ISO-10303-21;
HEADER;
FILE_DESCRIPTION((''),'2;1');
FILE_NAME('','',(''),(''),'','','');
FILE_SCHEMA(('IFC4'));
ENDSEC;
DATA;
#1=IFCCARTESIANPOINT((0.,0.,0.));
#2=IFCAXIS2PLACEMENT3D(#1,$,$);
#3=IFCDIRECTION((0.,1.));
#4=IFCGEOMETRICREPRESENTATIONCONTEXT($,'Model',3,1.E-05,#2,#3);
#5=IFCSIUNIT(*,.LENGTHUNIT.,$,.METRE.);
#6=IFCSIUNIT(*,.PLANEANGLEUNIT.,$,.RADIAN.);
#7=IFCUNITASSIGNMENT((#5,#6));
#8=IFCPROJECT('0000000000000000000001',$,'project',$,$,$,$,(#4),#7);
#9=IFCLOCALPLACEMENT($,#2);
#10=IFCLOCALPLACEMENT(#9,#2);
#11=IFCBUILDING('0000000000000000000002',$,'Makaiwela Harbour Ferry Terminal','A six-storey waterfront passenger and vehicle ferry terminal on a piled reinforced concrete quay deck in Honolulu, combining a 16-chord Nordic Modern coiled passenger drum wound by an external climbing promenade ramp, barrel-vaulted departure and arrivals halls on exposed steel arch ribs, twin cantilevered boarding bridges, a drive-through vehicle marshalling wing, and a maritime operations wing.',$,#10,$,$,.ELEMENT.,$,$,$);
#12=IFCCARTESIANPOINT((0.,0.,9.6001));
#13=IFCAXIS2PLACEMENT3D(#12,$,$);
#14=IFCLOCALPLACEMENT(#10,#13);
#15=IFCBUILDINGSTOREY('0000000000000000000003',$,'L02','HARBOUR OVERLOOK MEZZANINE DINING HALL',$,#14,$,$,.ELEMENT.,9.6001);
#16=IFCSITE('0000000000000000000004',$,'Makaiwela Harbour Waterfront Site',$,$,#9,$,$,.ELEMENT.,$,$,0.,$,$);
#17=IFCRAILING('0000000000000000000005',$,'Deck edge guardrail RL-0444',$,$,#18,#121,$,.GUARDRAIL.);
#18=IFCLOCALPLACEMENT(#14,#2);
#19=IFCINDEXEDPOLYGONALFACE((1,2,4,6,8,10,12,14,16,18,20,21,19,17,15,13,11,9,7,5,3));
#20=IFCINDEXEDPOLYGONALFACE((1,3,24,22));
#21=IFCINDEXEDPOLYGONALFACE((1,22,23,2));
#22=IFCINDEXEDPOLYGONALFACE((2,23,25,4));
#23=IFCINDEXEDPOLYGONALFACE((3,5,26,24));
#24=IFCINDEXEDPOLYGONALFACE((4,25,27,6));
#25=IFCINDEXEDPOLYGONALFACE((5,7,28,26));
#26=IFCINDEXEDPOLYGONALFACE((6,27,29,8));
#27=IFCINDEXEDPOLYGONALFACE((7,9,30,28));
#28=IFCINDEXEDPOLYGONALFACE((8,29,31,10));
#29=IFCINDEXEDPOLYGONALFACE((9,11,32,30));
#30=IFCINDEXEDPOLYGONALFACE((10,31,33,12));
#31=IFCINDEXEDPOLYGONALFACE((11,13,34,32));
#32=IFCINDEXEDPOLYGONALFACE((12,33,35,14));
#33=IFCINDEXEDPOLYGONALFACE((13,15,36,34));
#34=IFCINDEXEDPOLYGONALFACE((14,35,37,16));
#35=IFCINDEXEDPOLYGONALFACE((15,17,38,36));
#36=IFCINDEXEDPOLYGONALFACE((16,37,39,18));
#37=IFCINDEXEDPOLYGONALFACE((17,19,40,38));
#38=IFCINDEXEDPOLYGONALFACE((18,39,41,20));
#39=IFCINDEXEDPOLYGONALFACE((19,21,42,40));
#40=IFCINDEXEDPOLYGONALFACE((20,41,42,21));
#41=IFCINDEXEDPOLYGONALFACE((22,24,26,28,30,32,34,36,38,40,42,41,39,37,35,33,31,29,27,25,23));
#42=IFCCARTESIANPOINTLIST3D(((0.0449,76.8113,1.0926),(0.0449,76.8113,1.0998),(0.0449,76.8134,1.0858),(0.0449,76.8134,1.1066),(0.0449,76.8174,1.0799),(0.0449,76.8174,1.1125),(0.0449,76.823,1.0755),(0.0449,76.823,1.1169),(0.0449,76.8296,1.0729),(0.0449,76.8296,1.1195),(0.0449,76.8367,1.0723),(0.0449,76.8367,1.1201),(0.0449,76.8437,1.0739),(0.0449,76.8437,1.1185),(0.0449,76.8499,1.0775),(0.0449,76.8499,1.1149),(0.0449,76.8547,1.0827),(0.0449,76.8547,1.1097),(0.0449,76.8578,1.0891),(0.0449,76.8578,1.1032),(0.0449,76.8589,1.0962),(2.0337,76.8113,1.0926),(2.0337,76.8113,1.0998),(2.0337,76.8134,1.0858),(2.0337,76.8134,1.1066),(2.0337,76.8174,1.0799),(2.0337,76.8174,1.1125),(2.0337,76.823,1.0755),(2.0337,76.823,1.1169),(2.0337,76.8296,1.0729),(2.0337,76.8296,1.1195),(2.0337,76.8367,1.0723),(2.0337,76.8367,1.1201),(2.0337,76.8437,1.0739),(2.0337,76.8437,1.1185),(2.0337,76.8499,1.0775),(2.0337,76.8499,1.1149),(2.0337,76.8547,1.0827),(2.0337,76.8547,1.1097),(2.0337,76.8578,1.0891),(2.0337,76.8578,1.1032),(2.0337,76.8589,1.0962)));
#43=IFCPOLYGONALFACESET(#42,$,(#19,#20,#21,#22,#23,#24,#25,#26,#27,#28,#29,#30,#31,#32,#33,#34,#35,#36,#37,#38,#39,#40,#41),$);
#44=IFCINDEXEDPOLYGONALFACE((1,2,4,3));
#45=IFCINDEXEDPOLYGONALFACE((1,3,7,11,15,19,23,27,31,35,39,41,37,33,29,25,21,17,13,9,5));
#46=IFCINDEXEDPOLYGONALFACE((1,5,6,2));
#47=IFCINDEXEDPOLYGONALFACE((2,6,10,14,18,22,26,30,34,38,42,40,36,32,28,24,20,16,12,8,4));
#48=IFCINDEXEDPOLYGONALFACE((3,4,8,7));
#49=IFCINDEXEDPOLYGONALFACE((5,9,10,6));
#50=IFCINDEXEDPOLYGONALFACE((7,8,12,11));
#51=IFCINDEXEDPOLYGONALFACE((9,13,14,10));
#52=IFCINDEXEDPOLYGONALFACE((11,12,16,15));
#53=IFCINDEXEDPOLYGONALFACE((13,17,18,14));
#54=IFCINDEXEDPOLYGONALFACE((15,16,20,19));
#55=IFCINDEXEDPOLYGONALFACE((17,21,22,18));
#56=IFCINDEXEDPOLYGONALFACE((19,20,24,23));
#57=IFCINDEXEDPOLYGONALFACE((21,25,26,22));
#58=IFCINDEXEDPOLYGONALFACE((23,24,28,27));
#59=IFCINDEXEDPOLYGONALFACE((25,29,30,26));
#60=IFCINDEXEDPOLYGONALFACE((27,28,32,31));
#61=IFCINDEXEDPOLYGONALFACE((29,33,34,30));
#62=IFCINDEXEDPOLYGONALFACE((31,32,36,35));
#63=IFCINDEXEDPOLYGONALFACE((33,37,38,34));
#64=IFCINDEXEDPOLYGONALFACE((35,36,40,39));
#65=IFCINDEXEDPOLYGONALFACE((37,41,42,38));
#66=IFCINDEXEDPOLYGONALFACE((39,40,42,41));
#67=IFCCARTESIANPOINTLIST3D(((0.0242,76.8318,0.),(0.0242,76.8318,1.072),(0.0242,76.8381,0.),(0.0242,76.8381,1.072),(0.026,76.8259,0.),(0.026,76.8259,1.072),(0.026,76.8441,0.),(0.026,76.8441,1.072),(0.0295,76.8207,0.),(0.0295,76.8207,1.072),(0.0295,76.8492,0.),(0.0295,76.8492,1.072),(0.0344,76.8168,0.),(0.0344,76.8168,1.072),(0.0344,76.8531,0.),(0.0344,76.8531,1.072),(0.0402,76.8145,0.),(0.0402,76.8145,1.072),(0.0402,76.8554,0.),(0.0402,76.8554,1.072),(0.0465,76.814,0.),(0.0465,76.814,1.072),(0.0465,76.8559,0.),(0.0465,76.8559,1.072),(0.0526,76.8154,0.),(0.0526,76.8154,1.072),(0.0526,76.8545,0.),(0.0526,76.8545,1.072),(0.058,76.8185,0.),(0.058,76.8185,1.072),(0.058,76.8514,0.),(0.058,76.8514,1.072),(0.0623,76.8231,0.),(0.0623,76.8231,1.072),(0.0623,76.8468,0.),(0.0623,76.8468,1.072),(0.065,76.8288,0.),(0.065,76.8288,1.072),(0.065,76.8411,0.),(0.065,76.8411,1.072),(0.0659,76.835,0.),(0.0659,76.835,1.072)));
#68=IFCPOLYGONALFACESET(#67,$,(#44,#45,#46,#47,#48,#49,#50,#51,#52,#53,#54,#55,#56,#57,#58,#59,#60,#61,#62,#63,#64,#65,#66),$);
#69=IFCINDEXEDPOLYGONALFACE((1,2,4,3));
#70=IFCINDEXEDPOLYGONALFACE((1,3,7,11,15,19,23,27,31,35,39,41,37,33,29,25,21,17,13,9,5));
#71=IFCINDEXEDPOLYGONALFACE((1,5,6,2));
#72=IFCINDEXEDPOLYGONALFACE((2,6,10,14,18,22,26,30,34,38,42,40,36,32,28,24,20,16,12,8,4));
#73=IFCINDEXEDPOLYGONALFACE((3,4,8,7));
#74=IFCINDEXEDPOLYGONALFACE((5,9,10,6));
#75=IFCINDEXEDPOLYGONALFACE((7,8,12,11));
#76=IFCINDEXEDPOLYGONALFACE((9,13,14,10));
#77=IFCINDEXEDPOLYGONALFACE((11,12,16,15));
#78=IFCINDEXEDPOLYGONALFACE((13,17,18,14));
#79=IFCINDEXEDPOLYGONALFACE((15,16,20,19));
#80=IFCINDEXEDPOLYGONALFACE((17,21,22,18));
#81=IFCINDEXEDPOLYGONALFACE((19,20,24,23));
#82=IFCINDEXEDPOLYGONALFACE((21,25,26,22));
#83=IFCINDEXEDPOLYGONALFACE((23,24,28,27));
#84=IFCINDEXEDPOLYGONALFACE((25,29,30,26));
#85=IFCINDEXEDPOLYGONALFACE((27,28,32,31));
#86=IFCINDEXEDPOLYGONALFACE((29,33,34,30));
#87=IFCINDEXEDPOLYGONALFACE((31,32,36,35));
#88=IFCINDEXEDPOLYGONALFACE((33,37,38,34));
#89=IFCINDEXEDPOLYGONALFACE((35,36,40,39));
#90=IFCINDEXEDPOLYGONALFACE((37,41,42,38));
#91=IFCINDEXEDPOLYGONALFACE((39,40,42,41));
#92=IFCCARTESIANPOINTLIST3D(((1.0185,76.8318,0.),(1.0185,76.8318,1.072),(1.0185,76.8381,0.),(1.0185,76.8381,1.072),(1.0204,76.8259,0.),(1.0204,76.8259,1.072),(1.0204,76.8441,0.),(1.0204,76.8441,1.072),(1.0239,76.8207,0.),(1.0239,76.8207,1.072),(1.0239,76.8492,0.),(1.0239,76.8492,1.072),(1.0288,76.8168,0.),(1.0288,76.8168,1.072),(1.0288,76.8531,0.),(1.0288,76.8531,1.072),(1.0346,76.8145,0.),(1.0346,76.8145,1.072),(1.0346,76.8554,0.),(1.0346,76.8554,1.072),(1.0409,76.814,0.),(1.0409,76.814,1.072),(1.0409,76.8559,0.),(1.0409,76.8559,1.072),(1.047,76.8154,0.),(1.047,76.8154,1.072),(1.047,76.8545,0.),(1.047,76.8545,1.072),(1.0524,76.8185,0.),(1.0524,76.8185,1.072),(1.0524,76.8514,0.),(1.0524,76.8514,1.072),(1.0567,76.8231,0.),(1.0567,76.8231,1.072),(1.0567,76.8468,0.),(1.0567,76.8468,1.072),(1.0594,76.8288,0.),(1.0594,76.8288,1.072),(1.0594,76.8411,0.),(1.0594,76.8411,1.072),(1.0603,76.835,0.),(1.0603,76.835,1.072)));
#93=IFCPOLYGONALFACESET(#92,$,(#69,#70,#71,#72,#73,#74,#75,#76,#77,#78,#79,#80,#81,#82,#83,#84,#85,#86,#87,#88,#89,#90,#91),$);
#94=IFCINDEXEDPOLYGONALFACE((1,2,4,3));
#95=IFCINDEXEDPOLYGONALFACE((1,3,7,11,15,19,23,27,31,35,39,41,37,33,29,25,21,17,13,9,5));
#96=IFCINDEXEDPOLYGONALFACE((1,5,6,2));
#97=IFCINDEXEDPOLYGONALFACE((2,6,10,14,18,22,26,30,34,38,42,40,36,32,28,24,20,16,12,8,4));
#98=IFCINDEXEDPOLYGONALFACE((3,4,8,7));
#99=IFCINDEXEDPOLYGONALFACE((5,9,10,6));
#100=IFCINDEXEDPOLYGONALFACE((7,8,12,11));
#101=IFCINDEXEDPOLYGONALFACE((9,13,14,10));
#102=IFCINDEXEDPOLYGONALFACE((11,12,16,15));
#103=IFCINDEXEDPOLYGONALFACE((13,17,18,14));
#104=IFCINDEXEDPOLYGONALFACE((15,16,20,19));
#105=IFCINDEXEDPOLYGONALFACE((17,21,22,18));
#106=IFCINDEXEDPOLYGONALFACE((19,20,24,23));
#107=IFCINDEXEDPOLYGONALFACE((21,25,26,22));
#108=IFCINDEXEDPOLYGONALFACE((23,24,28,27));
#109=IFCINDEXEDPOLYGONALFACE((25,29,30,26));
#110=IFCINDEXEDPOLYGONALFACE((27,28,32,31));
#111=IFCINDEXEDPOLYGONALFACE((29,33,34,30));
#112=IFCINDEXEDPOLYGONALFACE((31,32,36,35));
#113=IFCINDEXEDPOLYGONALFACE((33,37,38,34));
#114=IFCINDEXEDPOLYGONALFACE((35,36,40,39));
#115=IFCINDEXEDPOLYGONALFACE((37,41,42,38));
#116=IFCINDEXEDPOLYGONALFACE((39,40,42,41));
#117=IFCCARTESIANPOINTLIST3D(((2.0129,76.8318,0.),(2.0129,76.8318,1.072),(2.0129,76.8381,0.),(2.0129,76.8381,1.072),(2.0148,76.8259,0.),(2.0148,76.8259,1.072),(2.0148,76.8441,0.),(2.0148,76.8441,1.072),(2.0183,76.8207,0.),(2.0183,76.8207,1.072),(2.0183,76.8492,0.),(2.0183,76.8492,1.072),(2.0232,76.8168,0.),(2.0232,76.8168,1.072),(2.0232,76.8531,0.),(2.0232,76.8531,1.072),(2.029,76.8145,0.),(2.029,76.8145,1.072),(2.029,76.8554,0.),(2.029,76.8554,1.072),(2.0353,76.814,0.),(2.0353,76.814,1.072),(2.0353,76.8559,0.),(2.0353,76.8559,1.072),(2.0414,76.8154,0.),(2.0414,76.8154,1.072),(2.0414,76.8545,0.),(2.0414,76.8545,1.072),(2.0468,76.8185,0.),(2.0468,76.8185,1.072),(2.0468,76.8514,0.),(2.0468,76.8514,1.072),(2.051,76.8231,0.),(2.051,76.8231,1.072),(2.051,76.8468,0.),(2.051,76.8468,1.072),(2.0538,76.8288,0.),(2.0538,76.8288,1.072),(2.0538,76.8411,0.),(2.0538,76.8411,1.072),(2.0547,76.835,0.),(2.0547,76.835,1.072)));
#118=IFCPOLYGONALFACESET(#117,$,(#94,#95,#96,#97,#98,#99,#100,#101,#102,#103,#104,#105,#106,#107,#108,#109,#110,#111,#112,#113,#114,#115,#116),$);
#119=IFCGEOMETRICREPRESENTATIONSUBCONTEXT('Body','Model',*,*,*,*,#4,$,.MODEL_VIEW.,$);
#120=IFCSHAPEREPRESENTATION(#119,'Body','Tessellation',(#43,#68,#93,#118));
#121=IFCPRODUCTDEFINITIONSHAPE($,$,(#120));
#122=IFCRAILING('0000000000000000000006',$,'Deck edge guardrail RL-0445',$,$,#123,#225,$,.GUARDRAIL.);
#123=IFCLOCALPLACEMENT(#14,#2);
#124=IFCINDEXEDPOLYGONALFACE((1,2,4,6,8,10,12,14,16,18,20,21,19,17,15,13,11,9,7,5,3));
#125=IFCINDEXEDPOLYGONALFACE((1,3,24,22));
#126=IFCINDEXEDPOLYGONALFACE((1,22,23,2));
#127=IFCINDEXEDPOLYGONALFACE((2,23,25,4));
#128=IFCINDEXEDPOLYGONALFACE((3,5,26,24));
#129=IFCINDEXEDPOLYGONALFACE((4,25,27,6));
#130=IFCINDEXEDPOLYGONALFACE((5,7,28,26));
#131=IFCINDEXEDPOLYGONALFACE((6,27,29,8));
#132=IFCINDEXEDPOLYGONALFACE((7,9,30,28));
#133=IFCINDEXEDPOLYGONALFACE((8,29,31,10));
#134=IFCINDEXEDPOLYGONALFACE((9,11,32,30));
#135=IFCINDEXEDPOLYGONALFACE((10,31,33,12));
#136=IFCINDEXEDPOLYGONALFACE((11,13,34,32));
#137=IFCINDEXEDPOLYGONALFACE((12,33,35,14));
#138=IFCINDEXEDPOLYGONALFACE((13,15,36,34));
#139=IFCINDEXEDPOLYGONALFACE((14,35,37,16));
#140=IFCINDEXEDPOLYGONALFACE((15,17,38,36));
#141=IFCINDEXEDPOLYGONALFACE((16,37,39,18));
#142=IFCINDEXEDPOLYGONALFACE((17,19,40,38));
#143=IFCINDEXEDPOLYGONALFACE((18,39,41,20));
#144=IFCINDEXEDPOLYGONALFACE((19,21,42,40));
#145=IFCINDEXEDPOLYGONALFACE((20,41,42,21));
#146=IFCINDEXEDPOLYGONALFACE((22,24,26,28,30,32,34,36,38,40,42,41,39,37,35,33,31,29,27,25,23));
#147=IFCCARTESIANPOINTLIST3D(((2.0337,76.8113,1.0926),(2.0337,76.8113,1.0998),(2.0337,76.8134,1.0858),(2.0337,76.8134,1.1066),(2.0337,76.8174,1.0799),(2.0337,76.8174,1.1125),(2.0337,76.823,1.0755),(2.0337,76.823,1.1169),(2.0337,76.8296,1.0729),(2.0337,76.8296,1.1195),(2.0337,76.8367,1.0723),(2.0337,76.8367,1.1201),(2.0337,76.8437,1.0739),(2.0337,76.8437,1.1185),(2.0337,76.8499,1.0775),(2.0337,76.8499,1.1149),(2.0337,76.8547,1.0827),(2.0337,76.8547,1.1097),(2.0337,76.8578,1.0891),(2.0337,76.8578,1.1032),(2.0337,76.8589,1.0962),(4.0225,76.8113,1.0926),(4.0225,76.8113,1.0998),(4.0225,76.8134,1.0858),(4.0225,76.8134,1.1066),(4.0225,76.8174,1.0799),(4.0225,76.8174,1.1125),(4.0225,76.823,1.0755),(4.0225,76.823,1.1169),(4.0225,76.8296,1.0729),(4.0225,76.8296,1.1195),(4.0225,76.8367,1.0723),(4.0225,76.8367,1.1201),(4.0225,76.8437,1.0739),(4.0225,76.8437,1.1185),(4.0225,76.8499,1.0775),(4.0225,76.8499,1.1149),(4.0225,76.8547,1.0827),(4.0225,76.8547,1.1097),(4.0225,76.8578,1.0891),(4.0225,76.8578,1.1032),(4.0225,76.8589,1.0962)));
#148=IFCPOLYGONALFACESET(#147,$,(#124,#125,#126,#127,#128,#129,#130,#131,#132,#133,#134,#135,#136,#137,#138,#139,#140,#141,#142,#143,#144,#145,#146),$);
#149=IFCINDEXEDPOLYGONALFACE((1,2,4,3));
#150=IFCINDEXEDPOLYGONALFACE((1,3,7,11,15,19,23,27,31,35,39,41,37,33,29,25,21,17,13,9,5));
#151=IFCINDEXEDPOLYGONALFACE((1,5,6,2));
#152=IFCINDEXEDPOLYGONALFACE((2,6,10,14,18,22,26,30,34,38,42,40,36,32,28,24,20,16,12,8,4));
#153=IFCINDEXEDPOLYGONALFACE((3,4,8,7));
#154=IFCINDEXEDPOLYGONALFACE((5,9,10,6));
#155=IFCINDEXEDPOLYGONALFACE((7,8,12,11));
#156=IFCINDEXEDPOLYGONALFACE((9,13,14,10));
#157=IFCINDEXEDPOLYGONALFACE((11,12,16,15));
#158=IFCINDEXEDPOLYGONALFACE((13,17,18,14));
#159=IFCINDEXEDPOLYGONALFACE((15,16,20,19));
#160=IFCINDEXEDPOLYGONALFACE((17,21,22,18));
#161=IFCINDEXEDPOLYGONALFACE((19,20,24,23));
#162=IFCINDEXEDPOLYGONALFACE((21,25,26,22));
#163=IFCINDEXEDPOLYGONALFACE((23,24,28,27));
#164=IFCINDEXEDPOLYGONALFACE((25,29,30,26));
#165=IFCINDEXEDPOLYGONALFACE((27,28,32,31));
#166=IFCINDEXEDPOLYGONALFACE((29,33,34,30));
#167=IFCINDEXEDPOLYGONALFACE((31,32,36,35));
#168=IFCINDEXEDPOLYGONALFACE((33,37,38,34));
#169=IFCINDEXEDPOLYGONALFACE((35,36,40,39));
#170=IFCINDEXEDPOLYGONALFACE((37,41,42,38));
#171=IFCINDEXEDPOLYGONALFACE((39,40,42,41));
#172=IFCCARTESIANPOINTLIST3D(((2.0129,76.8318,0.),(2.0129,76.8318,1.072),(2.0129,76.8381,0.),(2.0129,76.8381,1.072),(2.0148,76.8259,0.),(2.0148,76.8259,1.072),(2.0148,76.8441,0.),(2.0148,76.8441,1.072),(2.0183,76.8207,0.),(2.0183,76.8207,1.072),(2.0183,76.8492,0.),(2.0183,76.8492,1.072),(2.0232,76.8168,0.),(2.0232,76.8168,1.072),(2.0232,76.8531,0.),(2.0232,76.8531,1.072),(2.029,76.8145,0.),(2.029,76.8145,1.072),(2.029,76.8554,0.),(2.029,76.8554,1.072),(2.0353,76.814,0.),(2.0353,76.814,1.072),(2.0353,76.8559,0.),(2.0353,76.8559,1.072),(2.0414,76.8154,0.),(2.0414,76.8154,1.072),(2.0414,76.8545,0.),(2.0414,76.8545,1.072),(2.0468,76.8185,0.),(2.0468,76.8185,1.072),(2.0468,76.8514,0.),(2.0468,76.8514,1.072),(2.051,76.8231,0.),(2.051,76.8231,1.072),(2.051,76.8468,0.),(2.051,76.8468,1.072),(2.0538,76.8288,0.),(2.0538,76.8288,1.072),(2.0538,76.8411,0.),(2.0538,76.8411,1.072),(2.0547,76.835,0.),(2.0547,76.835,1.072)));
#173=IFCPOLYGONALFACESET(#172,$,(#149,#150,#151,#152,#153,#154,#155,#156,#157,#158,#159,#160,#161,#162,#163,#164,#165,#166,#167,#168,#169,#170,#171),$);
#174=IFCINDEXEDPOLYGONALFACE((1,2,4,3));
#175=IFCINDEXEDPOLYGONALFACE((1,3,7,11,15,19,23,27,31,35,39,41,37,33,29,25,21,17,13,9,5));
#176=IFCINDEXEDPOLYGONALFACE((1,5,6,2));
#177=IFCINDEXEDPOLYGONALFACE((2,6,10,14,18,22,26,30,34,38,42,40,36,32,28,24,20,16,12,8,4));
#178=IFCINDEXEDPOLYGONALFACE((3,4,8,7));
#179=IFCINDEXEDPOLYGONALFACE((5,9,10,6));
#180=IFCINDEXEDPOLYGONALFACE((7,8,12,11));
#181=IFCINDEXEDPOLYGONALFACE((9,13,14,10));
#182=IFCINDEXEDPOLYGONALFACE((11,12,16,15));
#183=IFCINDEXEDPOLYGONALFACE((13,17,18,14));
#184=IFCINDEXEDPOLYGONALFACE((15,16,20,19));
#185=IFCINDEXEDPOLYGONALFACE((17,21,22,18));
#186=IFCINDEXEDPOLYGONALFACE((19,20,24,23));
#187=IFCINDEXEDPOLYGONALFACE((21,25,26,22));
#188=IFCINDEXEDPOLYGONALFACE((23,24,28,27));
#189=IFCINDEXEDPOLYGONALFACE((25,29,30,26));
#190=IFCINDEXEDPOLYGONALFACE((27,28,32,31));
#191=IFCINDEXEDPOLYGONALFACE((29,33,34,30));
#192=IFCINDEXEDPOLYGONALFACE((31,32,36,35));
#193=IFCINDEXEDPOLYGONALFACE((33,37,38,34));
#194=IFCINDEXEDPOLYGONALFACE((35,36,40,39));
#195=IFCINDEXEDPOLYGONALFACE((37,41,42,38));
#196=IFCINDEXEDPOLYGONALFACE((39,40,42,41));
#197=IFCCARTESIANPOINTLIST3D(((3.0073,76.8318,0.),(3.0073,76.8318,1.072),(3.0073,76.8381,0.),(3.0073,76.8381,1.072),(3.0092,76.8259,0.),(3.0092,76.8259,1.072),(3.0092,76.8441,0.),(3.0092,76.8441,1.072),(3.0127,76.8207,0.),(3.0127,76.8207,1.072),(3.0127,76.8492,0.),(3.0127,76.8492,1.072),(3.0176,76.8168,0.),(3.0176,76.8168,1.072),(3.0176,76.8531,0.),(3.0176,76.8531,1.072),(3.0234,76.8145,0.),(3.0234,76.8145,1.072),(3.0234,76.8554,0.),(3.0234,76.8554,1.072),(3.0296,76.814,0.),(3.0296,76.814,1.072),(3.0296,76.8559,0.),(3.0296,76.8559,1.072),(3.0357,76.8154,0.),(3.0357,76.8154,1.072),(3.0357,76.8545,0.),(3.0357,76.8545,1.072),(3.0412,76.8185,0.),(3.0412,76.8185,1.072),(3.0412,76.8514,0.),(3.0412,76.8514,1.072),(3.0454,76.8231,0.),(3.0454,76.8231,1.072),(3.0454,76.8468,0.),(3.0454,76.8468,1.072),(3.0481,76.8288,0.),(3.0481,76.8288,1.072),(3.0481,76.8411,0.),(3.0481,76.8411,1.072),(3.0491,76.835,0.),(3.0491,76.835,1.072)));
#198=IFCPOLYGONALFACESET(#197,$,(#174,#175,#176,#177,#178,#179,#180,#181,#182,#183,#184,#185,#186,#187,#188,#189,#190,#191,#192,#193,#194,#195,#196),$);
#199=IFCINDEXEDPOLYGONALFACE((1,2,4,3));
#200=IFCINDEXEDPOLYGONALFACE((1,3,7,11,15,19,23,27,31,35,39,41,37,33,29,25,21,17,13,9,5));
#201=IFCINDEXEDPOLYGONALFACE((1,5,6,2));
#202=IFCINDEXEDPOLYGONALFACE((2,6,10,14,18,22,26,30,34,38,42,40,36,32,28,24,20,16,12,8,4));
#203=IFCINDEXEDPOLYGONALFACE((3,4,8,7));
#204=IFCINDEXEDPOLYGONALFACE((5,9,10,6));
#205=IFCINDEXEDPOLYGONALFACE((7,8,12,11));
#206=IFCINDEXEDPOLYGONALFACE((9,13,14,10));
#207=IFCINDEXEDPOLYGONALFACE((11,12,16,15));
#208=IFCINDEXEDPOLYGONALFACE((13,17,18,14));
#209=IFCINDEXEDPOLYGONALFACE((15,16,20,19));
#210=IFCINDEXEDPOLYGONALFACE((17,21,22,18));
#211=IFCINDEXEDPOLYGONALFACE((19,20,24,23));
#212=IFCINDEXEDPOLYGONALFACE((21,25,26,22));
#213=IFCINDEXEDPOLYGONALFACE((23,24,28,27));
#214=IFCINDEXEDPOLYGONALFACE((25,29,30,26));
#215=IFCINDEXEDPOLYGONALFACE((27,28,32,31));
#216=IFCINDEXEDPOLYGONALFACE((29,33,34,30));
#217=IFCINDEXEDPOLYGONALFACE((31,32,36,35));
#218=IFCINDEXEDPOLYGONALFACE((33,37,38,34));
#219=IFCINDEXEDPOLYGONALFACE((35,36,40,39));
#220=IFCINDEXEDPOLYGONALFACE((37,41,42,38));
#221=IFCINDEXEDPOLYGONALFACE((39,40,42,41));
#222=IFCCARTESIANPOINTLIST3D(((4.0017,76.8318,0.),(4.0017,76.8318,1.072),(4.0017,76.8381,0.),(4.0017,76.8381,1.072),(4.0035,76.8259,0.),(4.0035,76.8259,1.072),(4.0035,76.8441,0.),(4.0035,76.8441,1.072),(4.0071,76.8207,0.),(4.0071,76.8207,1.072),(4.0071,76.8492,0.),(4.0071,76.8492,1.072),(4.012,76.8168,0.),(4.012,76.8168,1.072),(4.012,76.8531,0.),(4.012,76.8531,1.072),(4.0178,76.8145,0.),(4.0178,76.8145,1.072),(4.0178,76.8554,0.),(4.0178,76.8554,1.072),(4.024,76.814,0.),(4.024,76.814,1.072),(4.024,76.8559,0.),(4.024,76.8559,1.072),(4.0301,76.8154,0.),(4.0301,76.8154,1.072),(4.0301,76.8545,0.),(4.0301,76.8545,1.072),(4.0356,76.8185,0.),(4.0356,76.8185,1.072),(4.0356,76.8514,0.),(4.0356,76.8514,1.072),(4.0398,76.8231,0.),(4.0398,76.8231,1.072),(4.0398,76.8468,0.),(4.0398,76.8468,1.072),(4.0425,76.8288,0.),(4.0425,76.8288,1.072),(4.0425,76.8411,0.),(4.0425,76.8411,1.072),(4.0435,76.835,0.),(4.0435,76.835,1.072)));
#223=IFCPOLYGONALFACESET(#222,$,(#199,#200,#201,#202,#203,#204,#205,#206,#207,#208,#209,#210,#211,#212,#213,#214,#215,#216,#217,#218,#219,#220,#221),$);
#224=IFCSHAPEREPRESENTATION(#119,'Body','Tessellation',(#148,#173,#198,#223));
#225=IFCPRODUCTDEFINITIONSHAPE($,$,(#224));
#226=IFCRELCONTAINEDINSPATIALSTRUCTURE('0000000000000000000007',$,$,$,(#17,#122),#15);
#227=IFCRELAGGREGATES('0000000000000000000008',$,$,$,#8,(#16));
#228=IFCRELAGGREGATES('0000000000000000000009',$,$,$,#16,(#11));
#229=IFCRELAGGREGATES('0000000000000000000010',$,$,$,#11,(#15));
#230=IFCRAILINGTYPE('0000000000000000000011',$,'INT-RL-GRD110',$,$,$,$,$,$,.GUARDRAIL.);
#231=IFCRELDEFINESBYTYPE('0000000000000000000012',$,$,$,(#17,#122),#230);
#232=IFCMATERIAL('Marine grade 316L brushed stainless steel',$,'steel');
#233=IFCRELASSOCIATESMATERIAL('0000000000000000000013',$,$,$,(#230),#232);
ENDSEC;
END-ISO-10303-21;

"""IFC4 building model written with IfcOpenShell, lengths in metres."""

from ifc_helpers import new_model, si_unit, direction, frame, origin, origin_2d, place, context, subcontext, project, spatial, circle, extrude, material, type_object, element, save


model = new_model("IFC4")

# Units and contexts
model_context = context("Model", 3, precision=1e-05, world=origin(), true_north=direction((0.0, 1.0)))
body_context = subcontext(model_context, "Body", "Model", "MODEL_VIEW")
ifc_project = project(units=[si_unit("LENGTHUNIT", "METRE"), si_unit("PLANEANGLEUNIT", "RADIAN")], contexts=[model_context])

# Site, building, storey
site_placement = place(None, origin())
site = spatial("IfcSite", under=ifc_project, at=site_placement, Name="Makaiwela Harbour Waterfront Site", CompositionType="ELEMENT", RefElevation=0.0)
building_placement = place(site_placement, origin())
building = spatial("IfcBuilding", under=site, at=building_placement, Name="Makaiwela Harbour Ferry Terminal", Description="A six-storey waterfront passenger and vehicle ferry terminal on a piled reinforced concrete quay deck in Honolulu, combining a 16-chord Nordic Modern coiled passenger drum wound by an external climbing promenade ramp, barrel-vaulted departure and arrivals halls on exposed steel arch ribs, twin cantilevered boarding bridges, a drive-through vehicle marshalling wing, and a maritime operations wing.", CompositionType="ELEMENT")
storey_placement = place(building_placement, frame((0.0, 0.0, 9.6001)))
storey = spatial("IfcBuildingStorey", under=building, at=storey_placement, Name="L02", Description="HARBOUR OVERLOOK MEZZANINE DINING HALL", CompositionType="ELEMENT", Elevation=9.6001)

# Railings
ifc_material_1 = material(Name="Marine grade 316L brushed stainless steel", Category="steel")
railing_type = type_object("IfcRailingType", Name="INT-RL-GRD110", PredefinedType="GUARDRAIL", material=ifc_material_1)
for number, where, name in (
    (1, (0.0449, 76.835, 0.0), "Deck edge guardrail RL-0444"),
    (2, (2.0337, 76.835, 0.0), "Deck edge guardrail RL-0445"),
):
    element("IfcRailing", number, at=place(storey_placement, frame(where)), inside=storey, type_object=railing_type, Name=name, PredefinedType="GUARDRAIL", context=body_context, shape_type="SweptSolid", body=[
        extrude(circle(Radius=0.0239, at=origin_2d()), frame((0.0, 0.0, 1.0962), z_axis=(1.0, 0.0, 0.0), x_axis=(0.0, 1.0, 0.0)), (0.0, 0.0, 1.0), 1.9888),
        extrude(circle(Radius=0.021, at=origin_2d()), origin(), (0.0, 0.0, 1.0), 1.072),
        extrude(circle(Radius=0.021, at=origin_2d()), frame((0.9944, 0.0, 0.0)), (0.0, 0.0, 1.0), 1.072),
        extrude(circle(Radius=0.021, at=origin_2d()), frame((1.9888, 0.0, 0.0)), (0.0, 0.0, 1.0), 1.072),
    ])

save(model, "model.ifc")
